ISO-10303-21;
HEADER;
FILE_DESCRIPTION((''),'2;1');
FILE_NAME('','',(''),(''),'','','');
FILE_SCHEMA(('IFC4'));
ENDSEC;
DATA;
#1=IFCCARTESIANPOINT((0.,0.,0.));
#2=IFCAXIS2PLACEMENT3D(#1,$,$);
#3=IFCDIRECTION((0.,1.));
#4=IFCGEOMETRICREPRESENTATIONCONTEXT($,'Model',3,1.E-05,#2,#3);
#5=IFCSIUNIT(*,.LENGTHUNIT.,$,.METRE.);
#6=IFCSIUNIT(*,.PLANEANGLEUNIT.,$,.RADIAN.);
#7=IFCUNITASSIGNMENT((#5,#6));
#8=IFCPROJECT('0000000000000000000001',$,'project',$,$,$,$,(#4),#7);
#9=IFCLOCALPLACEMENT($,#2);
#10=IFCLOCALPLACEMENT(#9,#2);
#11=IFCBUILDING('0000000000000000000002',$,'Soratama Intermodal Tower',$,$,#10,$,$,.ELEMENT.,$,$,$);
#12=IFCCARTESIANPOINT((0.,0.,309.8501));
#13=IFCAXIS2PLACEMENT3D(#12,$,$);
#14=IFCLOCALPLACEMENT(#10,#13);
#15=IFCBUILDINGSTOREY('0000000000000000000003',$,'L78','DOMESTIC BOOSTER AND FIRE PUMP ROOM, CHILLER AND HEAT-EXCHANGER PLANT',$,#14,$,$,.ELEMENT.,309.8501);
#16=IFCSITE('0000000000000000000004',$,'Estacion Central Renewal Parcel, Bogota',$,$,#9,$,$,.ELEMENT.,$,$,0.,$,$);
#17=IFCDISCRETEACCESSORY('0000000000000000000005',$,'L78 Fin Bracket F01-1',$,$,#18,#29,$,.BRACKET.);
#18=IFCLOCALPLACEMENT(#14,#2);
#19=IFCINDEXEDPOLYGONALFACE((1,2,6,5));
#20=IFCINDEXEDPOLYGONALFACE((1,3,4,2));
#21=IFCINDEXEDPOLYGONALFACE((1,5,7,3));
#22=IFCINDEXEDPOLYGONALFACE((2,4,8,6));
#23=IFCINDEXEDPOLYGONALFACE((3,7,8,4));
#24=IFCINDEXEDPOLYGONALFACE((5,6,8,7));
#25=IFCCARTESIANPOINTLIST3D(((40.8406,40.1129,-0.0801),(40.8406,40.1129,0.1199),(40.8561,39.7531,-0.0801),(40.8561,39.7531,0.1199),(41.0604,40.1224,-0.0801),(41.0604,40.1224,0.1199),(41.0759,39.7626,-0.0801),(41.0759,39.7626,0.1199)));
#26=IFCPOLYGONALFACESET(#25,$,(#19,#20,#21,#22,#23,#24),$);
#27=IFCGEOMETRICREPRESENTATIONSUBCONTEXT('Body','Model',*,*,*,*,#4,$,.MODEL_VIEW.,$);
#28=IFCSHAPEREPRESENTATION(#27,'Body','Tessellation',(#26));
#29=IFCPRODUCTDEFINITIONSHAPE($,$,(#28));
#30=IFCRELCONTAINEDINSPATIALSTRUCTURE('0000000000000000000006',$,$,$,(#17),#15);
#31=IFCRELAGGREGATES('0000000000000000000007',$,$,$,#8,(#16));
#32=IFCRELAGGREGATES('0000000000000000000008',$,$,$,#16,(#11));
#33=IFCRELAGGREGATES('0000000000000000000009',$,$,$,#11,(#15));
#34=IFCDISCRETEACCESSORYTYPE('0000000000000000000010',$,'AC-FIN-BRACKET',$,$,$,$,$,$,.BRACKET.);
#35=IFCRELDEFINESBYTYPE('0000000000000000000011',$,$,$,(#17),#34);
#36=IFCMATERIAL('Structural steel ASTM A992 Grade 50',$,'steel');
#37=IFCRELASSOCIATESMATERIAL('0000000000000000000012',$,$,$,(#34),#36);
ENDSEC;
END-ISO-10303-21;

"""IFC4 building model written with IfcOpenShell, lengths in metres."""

from ifc_helpers import new_model, si_unit, direction, frame, origin, origin_2d, place, context, subcontext, project, spatial, rectangle, extrude, material, type_object, element, save


model = new_model("IFC4")

# Units and contexts
model_context = context("Model", 3, precision=1e-05, world=origin(), true_north=direction((0.0, 1.0)))
body_context = subcontext(model_context, "Body", "Model", "MODEL_VIEW")
ifc_project = project(units=[si_unit("LENGTHUNIT", "METRE"), si_unit("PLANEANGLEUNIT", "RADIAN")], contexts=[model_context])

# Site, building, storey
site_placement = place(None, origin())
site = spatial("IfcSite", under=ifc_project, at=site_placement, Name="Estacion Central Renewal Parcel, Bogota", CompositionType="ELEMENT", RefElevation=0.0)
building_placement = place(site_placement, origin())
building = spatial("IfcBuilding", under=site, at=building_placement, Name="Soratama Intermodal Tower", CompositionType="ELEMENT")
storey_placement = place(building_placement, frame((0.0, 0.0, 309.8501)))
storey = spatial("IfcBuildingStorey", under=building, at=storey_placement, Name="L78", Description="DOMESTIC BOOSTER AND FIRE PUMP ROOM, CHILLER AND HEAT-EXCHANGER PLANT", CompositionType="ELEMENT", Elevation=309.8501)

# Discrete accessory
ifc_material_1 = material(Name="Structural steel ASTM A992 Grade 50", Category="steel")
discrete_accessory_type = type_object("IfcDiscreteAccessoryType", Name="AC-FIN-BRACKET", PredefinedType="BRACKET", material=ifc_material_1)
discrete_accessory_placement = place(storey_placement, frame((40.9583, 39.9377, -0.0801), z_axis=(0.0, 0.0, 1.0), x_axis=(-0.042922, 0.999078, 0.0)))
element("IfcDiscreteAccessory", 1, at=discrete_accessory_placement, inside=storey, type_object=discrete_accessory_type, Name="L78 Fin Bracket F01-1", PredefinedType="BRACKET", context=body_context, shape_type="SweptSolid", body=[
    extrude(rectangle(XDim=0.3601, YDim=0.22, at=origin_2d()), origin(), (0.0, 0.0, 1.0), 0.2),
])

save(model, "model.ifc")
